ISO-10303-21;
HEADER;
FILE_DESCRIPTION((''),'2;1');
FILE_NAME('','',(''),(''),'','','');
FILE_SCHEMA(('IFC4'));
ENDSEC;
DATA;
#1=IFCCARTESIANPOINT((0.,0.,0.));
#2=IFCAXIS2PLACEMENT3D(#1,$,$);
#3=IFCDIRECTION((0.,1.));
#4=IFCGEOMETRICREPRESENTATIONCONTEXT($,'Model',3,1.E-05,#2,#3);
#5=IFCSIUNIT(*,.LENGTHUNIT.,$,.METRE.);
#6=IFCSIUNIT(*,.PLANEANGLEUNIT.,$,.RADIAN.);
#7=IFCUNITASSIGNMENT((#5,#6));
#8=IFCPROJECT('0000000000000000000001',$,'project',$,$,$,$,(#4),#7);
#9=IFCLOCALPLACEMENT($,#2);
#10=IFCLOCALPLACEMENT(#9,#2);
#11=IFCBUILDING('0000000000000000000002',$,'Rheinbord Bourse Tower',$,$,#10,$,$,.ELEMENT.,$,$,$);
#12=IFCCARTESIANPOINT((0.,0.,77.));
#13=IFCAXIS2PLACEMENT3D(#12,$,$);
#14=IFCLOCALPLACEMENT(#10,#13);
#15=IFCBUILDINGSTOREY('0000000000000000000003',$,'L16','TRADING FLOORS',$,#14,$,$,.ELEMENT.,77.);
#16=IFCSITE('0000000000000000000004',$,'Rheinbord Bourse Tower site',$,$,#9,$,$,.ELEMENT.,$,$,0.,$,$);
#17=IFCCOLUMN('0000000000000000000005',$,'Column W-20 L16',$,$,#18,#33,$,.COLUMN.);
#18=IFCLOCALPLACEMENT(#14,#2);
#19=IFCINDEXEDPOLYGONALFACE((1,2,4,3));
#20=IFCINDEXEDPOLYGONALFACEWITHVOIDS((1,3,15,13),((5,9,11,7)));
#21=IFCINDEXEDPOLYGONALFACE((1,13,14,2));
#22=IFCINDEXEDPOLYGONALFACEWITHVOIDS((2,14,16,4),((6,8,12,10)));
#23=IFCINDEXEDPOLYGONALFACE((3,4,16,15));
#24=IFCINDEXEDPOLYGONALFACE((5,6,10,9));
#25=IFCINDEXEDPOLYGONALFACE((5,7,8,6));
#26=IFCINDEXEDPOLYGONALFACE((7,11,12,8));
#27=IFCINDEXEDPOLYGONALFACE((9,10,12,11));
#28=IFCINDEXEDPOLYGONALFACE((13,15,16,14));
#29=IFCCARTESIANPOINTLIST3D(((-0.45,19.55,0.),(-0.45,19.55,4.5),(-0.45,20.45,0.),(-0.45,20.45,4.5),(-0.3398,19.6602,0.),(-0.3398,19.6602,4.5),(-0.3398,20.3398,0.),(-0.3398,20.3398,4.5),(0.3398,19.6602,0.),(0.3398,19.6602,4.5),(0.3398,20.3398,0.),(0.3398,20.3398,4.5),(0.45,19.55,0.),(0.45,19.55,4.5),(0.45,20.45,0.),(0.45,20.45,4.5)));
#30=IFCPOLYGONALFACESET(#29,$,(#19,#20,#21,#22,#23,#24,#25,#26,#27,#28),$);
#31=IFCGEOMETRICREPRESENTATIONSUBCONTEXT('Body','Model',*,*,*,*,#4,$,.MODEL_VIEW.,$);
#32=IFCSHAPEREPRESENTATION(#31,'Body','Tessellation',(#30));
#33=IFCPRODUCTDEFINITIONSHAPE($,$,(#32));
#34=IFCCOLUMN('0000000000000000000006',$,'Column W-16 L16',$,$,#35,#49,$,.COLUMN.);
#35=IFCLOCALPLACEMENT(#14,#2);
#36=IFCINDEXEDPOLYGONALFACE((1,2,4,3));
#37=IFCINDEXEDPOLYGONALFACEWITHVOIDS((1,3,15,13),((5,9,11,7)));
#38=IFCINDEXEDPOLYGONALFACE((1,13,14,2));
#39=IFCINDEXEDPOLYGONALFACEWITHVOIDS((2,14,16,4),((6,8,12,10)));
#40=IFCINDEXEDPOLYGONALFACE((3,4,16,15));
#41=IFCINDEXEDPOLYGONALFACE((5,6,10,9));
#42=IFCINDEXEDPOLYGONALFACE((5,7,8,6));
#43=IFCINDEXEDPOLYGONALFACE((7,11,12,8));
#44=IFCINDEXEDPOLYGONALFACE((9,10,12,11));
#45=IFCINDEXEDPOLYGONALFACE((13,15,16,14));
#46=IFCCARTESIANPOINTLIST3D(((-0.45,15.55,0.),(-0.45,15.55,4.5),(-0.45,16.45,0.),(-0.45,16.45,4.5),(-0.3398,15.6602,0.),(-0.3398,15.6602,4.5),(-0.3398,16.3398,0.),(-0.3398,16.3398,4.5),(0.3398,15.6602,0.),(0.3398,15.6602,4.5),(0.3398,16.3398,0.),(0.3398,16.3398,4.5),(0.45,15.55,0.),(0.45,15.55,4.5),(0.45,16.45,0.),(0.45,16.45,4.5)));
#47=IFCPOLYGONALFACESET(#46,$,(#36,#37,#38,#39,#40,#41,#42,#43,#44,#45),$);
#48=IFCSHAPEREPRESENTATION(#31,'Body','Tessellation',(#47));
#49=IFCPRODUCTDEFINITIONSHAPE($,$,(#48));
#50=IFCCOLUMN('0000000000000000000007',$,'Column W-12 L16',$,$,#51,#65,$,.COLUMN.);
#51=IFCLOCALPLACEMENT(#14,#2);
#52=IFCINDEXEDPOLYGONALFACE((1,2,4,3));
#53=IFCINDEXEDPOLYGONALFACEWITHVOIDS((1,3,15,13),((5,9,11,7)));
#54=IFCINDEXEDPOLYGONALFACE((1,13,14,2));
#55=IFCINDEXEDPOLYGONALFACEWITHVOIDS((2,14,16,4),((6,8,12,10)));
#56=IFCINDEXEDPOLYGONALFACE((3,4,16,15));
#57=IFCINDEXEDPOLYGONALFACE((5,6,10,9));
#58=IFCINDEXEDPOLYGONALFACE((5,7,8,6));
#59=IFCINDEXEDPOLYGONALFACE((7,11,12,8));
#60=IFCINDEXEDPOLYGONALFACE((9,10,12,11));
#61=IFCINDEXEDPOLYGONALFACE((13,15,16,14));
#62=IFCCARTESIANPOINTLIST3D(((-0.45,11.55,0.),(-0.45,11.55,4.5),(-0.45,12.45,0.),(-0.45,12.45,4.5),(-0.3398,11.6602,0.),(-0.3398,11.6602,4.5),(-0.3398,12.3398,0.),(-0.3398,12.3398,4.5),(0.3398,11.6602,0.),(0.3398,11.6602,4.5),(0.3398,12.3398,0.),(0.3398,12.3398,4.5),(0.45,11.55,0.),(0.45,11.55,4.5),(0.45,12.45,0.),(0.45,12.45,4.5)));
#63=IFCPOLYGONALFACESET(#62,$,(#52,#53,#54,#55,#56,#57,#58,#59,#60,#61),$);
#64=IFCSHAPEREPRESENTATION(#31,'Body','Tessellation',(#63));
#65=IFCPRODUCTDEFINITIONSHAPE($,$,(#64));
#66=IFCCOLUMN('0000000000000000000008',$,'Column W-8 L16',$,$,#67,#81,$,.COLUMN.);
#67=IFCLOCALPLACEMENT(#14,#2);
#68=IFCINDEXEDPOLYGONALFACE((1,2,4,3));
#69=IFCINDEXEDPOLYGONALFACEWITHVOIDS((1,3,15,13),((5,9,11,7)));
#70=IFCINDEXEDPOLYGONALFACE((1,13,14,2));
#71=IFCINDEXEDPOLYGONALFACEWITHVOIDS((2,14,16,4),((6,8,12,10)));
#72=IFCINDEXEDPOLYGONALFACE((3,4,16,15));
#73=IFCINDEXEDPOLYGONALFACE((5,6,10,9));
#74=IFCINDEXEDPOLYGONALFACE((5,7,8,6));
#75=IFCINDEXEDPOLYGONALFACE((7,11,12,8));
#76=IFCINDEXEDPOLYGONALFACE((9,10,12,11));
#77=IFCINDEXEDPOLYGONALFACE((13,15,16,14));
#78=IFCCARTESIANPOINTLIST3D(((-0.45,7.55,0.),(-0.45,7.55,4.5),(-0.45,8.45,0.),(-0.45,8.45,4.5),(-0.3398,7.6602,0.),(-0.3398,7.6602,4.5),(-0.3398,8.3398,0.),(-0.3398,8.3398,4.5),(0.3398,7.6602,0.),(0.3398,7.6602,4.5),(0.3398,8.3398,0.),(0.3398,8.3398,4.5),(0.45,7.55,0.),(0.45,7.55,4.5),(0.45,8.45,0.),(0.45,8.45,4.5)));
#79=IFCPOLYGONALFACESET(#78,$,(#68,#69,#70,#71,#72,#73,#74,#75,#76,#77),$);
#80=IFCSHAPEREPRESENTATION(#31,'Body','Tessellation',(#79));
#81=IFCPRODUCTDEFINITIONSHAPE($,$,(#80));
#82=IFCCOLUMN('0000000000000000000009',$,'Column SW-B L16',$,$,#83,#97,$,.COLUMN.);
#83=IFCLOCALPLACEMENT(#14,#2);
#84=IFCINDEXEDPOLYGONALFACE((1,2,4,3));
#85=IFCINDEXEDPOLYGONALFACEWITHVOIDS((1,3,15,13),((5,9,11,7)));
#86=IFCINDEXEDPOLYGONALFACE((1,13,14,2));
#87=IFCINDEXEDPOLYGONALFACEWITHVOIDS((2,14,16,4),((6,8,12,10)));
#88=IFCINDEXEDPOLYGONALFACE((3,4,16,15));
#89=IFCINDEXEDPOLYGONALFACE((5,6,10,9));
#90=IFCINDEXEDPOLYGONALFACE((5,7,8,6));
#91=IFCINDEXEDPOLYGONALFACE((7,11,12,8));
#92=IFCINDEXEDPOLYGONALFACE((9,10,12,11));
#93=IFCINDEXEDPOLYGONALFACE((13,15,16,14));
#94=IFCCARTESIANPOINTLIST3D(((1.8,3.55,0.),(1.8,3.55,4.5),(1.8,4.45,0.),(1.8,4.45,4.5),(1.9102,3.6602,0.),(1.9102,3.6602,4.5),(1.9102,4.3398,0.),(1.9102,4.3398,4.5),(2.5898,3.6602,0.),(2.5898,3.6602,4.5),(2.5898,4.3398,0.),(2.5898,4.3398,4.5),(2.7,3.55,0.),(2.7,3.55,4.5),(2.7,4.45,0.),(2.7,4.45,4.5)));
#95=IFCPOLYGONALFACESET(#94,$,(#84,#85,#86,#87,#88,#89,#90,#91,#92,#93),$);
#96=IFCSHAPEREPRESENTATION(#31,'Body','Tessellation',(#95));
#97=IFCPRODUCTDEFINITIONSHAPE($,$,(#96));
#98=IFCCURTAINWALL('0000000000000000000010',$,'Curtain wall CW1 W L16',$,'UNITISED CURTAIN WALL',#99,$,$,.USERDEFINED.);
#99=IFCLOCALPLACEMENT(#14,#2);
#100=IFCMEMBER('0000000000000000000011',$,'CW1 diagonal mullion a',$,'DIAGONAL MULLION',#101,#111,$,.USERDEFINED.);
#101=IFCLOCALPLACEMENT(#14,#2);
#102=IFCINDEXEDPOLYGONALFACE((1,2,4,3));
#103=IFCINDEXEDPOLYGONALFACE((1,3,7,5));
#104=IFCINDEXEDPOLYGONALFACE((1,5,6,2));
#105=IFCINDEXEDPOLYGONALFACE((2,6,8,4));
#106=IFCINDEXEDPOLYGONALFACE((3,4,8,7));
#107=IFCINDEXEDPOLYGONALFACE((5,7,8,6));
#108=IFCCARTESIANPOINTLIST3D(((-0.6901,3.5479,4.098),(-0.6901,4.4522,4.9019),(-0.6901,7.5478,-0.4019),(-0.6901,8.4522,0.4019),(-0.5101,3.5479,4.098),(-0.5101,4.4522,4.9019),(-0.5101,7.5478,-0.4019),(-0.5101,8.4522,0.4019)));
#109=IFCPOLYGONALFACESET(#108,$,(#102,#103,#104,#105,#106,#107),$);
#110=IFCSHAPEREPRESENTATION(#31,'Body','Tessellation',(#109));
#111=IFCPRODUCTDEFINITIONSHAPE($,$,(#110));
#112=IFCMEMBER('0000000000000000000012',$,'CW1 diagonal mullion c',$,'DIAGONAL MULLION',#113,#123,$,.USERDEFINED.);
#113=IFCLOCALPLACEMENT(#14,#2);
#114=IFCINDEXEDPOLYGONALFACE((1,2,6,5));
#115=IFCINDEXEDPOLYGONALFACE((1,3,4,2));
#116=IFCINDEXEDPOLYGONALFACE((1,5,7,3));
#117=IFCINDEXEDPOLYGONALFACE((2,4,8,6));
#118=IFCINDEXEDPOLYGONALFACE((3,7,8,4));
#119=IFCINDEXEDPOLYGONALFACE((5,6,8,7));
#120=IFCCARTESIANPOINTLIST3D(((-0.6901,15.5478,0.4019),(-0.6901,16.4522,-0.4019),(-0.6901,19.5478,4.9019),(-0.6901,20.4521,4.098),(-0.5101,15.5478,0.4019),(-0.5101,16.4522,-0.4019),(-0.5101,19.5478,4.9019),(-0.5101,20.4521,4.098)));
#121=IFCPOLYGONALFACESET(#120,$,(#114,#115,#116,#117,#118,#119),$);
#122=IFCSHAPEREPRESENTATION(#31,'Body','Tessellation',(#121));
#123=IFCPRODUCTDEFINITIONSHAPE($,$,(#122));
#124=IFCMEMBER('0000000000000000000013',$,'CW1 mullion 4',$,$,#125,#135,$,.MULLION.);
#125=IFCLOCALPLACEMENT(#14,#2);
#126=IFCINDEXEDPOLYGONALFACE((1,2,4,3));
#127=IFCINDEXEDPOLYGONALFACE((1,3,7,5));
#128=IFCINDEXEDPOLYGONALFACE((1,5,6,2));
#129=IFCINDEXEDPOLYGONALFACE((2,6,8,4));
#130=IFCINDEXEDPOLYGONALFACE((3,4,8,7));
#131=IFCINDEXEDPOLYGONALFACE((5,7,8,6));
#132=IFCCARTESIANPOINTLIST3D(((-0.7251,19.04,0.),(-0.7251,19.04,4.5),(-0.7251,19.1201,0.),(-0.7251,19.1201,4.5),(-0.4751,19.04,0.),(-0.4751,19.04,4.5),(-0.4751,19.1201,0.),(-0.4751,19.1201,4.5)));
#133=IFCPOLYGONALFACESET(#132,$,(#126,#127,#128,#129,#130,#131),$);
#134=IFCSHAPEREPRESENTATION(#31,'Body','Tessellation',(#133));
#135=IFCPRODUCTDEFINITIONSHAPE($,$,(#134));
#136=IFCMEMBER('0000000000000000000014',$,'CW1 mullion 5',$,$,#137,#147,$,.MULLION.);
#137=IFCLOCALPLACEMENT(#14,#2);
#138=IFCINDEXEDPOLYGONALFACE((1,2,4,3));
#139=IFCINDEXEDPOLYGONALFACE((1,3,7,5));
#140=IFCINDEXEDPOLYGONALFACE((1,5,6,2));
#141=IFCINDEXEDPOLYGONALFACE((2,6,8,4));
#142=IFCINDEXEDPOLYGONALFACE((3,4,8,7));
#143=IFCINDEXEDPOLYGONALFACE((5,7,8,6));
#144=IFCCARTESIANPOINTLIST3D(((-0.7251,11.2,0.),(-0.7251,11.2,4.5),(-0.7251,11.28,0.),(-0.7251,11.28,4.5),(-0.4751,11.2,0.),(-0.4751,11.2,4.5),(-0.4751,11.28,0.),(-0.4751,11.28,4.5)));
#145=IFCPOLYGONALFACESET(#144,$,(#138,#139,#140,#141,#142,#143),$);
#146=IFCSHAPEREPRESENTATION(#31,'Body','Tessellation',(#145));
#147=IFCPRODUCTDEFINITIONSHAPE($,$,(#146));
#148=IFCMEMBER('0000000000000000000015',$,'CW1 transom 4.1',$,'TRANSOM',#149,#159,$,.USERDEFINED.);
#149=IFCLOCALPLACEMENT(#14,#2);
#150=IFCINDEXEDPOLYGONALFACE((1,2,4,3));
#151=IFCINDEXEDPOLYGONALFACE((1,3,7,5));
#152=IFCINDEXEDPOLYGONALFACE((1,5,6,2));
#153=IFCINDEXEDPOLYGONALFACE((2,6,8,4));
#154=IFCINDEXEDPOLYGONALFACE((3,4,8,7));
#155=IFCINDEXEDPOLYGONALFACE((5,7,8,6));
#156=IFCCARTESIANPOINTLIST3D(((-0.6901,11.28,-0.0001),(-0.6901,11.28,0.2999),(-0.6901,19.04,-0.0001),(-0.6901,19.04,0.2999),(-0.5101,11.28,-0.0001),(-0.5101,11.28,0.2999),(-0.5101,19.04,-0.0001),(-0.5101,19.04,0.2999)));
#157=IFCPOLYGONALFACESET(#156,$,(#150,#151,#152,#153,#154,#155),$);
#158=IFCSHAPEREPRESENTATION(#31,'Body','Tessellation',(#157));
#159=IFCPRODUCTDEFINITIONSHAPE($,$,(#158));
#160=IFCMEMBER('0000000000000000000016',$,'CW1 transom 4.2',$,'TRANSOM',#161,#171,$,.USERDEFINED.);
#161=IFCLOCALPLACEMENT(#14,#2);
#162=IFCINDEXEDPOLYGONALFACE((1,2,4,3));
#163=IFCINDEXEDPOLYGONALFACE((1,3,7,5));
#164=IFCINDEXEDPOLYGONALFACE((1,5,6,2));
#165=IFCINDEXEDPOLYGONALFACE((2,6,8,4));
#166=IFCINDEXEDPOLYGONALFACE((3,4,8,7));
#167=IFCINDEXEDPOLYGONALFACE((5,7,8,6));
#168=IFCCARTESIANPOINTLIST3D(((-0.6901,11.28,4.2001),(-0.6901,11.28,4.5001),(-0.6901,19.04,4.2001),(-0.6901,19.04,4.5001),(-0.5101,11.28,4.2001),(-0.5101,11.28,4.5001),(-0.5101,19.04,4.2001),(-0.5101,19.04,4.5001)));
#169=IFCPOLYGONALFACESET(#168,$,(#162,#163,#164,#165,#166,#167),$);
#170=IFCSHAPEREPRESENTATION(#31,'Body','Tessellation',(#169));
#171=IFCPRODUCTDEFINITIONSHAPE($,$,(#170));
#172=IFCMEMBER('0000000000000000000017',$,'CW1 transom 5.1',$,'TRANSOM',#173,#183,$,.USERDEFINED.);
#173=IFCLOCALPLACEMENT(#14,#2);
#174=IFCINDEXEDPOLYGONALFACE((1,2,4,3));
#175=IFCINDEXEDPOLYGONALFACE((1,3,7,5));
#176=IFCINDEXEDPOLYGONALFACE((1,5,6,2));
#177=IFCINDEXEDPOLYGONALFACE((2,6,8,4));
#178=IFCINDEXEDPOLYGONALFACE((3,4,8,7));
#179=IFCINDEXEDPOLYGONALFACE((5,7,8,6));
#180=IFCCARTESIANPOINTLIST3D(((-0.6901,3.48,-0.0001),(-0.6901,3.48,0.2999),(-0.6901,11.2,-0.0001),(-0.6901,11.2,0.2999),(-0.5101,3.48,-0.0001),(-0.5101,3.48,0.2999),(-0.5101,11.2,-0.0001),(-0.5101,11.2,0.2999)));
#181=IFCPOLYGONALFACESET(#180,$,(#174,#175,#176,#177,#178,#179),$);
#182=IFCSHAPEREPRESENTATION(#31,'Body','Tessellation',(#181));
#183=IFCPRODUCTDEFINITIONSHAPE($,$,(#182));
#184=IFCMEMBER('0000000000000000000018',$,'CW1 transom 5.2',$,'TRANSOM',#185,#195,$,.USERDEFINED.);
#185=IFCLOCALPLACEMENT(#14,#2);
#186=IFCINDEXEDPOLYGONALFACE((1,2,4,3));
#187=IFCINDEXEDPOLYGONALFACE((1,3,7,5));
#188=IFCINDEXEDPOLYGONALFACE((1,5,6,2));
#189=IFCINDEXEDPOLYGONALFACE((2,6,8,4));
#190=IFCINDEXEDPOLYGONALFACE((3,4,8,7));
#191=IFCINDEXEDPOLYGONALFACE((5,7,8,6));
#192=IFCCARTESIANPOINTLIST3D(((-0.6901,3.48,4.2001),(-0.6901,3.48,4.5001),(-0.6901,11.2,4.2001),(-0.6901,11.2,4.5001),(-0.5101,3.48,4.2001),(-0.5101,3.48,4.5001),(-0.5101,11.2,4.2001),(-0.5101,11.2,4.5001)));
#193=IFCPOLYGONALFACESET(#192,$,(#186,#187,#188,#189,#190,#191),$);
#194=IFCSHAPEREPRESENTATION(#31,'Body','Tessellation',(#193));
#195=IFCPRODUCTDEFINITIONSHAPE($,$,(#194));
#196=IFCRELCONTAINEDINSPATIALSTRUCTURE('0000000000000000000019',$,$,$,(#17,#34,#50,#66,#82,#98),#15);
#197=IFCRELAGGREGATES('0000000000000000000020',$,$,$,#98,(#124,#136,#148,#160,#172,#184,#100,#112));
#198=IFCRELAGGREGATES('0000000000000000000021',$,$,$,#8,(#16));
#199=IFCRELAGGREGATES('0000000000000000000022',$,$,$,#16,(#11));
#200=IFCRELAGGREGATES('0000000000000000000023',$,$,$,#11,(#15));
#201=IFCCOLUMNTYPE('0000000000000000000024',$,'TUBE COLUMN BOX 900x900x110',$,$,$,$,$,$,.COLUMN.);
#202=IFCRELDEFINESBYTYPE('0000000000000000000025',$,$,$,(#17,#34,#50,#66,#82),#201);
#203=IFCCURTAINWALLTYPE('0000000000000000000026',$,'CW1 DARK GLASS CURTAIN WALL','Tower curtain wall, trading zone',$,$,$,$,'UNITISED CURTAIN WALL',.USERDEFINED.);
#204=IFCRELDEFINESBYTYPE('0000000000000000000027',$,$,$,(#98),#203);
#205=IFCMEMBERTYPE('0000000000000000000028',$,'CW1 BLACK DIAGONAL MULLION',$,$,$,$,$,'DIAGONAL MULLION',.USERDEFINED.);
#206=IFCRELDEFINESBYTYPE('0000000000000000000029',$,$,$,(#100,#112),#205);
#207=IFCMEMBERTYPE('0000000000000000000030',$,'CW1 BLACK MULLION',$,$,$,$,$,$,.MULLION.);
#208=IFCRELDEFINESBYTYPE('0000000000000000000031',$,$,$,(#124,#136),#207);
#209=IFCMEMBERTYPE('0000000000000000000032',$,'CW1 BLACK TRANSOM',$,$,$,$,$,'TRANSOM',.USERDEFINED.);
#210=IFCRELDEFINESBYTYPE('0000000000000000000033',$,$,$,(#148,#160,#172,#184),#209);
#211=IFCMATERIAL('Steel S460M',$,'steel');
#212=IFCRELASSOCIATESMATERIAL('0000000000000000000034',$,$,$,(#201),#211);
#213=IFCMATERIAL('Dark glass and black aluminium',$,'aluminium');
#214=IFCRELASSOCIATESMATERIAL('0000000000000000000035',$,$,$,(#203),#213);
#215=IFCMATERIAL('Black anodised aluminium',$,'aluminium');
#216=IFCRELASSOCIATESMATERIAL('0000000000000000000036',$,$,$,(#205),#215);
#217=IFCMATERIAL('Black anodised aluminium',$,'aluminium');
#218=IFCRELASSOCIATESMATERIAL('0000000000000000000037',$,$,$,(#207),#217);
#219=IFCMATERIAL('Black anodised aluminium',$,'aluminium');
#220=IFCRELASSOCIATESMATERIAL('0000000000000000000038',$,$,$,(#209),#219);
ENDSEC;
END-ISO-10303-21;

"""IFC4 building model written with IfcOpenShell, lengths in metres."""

from ifc_helpers import new_model, si_unit, direction, frame, origin, origin_2d, place, context, subcontext, project, spatial, rectangle, hollow_rectangle, extrude, material, material_profile, profile_set, type_object, element, aggregate, save


model = new_model("IFC4")

# Units and contexts
model_context = context("Model", 3, precision=1e-05, world=origin(), true_north=direction((0.0, 1.0)))
body_context = subcontext(model_context, "Body", "Model", "MODEL_VIEW")
ifc_project = project(units=[si_unit("LENGTHUNIT", "METRE"), si_unit("PLANEANGLEUNIT", "RADIAN")], contexts=[model_context])

# Site, building, storey
site_placement = place(None, origin())
site = spatial("IfcSite", under=ifc_project, at=site_placement, Name="Rheinbord Bourse Tower site", CompositionType="ELEMENT", RefElevation=0.0)
building_placement = place(site_placement, origin())
building = spatial("IfcBuilding", under=site, at=building_placement, Name="Rheinbord Bourse Tower", CompositionType="ELEMENT")
storey_placement = place(building_placement, frame((0.0, 0.0, 77.0)))
storey = spatial("IfcBuildingStorey", under=building, at=storey_placement, Name="L16", Description="TRADING FLOORS", CompositionType="ELEMENT", Elevation=77.0)

# Columns
ifc_material_1 = material(Name="Steel S460M", Category="steel")
ifc_material_profile_1 = material_profile(ifc_material_1, hollow_rectangle(XDim=0.8999, YDim=0.8999, WallThickness=0.1101, at=origin_2d()), Name="BOX 900x900x110")
ifc_profile_set_1 = profile_set([ifc_material_profile_1], Name="Steel S460M")
column_type = type_object("IfcColumnType", Name="TUBE COLUMN BOX 900x900x110", PredefinedType="COLUMN", material=ifc_profile_set_1)
for number, where, z_axis, x_axis, name in (
    (1, (0.0, 20.0, 0.0), (0.0, 0.0, 1.0), (1.0, 0.0, 0.0), "Column W-20 L16"),
    (2, (0.0, 16.0, 0.0), (0.0, 0.0, 1.0), (1.0, 0.0, 0.0), "Column W-16 L16"),
    (3, (0.0, 12.0, 0.0), (0.0, 0.0, 1.0), (1.0, 0.0, 0.0), "Column W-12 L16"),
    (4, (0.0, 8.0, 0.0), (0.0, 0.0, 1.0), (1.0, 0.0, 0.0), "Column W-8 L16"),
    (5, (2.25, 4.0, 0.0), (0.0, 0.0, 1.0), (1.0, 0.0, 0.0), "Column SW-B L16"),
):
    element("IfcColumn", number, at=place(storey_placement, frame(where, z_axis=z_axis, x_axis=x_axis)), inside=storey, type_object=column_type, Name=name, PredefinedType="COLUMN", context=body_context, shape_type="SweptSolid", body=[
        extrude(hollow_rectangle(XDim=0.8999, YDim=0.8999, WallThickness=0.1101, at=origin_2d()), origin(), (0.0, 0.0, 1.0), 4.5),
    ])

# Curtain wall, members
ifc_material_2 = material(Name="Dark glass and black aluminium", Category="aluminium")
curtain_wall_type = type_object("IfcCurtainWallType", Name="CW1 DARK GLASS CURTAIN WALL", Description="Tower curtain wall, trading zone", ElementType="UNITISED CURTAIN WALL", PredefinedType="USERDEFINED", material=ifc_material_2)
curtain_wall_placement = place(storey_placement, origin())
curtain_wall = element("IfcCurtainWall", 6, at=curtain_wall_placement, inside=storey, type_object=curtain_wall_type, Name="Curtain wall CW1 W L16", ObjectType="UNITISED CURTAIN WALL", PredefinedType="USERDEFINED")
ifc_material_3 = material(Name="Black anodised aluminium", Category="aluminium")
ifc_material_profile_2 = material_profile(ifc_material_3, rectangle(XDim=0.1799, YDim=1.21, at=origin_2d()), Name="CW1 DIAGONAL MULLION 1210x180")
ifc_profile_set_2 = profile_set([ifc_material_profile_2], Name="Black anodised aluminium")
member_type_1 = type_object("IfcMemberType", Name="CW1 BLACK DIAGONAL MULLION", ElementType="DIAGONAL MULLION", PredefinedType="USERDEFINED", material=ifc_profile_set_2)
member_1_placement = place(storey_placement, frame((-0.6001, 8.0, 0.0), z_axis=(0.0, -0.664364, 0.747409), x_axis=(1.0, 0.0, 0.0)))
member_1 = element("IfcMember", 7, at=member_1_placement, type_object=member_type_1, Name="CW1 diagonal mullion a", ObjectType="DIAGONAL MULLION", PredefinedType="USERDEFINED", context=body_context, shape_type="SweptSolid", body=[
    extrude(rectangle(XDim=0.1799, YDim=1.21, at=origin_2d()), origin(), (0.0, 0.0, 1.0), 6.0208),
])
member_2_placement = place(storey_placement, frame((-0.6001, 16.0, 0.0), z_axis=(0.0, 0.664364, 0.747409), x_axis=(-1.0, 0.0, 0.0)))
member_2 = element("IfcMember", 8, at=member_2_placement, type_object=member_type_1, Name="CW1 diagonal mullion c", ObjectType="DIAGONAL MULLION", PredefinedType="USERDEFINED", context=body_context, shape_type="SweptSolid", body=[
    extrude(rectangle(XDim=0.1799, YDim=1.21, at=origin_2d()), origin(), (0.0, 0.0, 1.0), 6.0208),
])
ifc_material_4 = material(Name="Black anodised aluminium", Category="aluminium")
ifc_material_profile_3 = material_profile(ifc_material_4, rectangle(XDim=0.25, YDim=0.0801, at=origin_2d()), Name="CW1 MULLION 80x250")
ifc_profile_set_3 = profile_set([ifc_material_profile_3], Name="Black anodised aluminium")
member_type_2 = type_object("IfcMemberType", Name="CW1 BLACK MULLION", PredefinedType="MULLION", material=ifc_profile_set_3)
member_3_placement = place(storey_placement, frame((-0.6001, 19.0801, 0.0), z_axis=(0.0, 0.0, 1.0), x_axis=(1.0, 0.0, 0.0)))
member_3 = element("IfcMember", 9, at=member_3_placement, type_object=member_type_2, Name="CW1 mullion 4", PredefinedType="MULLION", context=body_context, shape_type="SweptSolid", body=[
    extrude(rectangle(XDim=0.25, YDim=0.0801, at=origin_2d()), origin(), (0.0, 0.0, 1.0), 4.5),
])
member_4_placement = place(storey_placement, frame((-0.6001, 11.24, 0.0), z_axis=(0.0, 0.0, 1.0), x_axis=(1.0, 0.0, 0.0)))
member_4 = element("IfcMember", 10, at=member_4_placement, type_object=member_type_2, Name="CW1 mullion 5", PredefinedType="MULLION", context=body_context, shape_type="SweptSolid", body=[
    extrude(rectangle(XDim=0.25, YDim=0.0801, at=origin_2d()), origin(), (0.0, 0.0, 1.0), 4.5),
])
ifc_material_5 = material(Name="Black anodised aluminium", Category="aluminium")
ifc_material_profile_4 = material_profile(ifc_material_5, rectangle(XDim=0.1799, YDim=0.3, at=origin_2d()), Name="CW1 TRANSOM 300x180")
ifc_profile_set_4 = profile_set([ifc_material_profile_4], Name="Black anodised aluminium")
member_type_3 = type_object("IfcMemberType", Name="CW1 BLACK TRANSOM", ElementType="TRANSOM", PredefinedType="USERDEFINED", material=ifc_profile_set_4)
member_5_placement = place(storey_placement, frame((-0.6001, 19.04, 0.1499), z_axis=(0.0, -1.0, 0.0), x_axis=(1.0, 0.0, 0.0)))
member_5 = element("IfcMember", 11, at=member_5_placement, type_object=member_type_3, Name="CW1 transom 4.1", ObjectType="TRANSOM", PredefinedType="USERDEFINED", context=body_context, shape_type="SweptSolid", body=[
    extrude(rectangle(XDim=0.1799, YDim=0.3, at=origin_2d()), origin(), (0.0, 0.0, 1.0), 7.76),
])
member_6_placement = place(storey_placement, frame((-0.6001, 19.04, 4.3501), z_axis=(0.0, -1.0, 0.0), x_axis=(1.0, 0.0, 0.0)))
member_6 = element("IfcMember", 12, at=member_6_placement, type_object=member_type_3, Name="CW1 transom 4.2", ObjectType="TRANSOM", PredefinedType="USERDEFINED", context=body_context, shape_type="SweptSolid", body=[
    extrude(rectangle(XDim=0.1799, YDim=0.3, at=origin_2d()), origin(), (0.0, 0.0, 1.0), 7.76),
])
member_7_placement = place(storey_placement, frame((-0.6001, 11.2, 0.1499), z_axis=(0.0, -1.0, 0.0), x_axis=(1.0, 0.0, 0.0)))
member_7 = element("IfcMember", 13, at=member_7_placement, type_object=member_type_3, Name="CW1 transom 5.1", ObjectType="TRANSOM", PredefinedType="USERDEFINED", context=body_context, shape_type="SweptSolid", body=[
    extrude(rectangle(XDim=0.1799, YDim=0.3, at=origin_2d()), origin(), (0.0, 0.0, 1.0), 7.72),
])
member_8_placement = place(storey_placement, frame((-0.6001, 11.2, 4.3501), z_axis=(0.0, -1.0, 0.0), x_axis=(1.0, 0.0, 0.0)))
member_8 = element("IfcMember", 14, at=member_8_placement, type_object=member_type_3, Name="CW1 transom 5.2", ObjectType="TRANSOM", PredefinedType="USERDEFINED", context=body_context, shape_type="SweptSolid", body=[
    extrude(rectangle(XDim=0.1799, YDim=0.3, at=origin_2d()), origin(), (0.0, 0.0, 1.0), 7.72),
])

aggregate(curtain_wall, [member_3, member_4, member_5, member_6, member_7, member_8, member_1, member_2])

save(model, "model.ifc")
